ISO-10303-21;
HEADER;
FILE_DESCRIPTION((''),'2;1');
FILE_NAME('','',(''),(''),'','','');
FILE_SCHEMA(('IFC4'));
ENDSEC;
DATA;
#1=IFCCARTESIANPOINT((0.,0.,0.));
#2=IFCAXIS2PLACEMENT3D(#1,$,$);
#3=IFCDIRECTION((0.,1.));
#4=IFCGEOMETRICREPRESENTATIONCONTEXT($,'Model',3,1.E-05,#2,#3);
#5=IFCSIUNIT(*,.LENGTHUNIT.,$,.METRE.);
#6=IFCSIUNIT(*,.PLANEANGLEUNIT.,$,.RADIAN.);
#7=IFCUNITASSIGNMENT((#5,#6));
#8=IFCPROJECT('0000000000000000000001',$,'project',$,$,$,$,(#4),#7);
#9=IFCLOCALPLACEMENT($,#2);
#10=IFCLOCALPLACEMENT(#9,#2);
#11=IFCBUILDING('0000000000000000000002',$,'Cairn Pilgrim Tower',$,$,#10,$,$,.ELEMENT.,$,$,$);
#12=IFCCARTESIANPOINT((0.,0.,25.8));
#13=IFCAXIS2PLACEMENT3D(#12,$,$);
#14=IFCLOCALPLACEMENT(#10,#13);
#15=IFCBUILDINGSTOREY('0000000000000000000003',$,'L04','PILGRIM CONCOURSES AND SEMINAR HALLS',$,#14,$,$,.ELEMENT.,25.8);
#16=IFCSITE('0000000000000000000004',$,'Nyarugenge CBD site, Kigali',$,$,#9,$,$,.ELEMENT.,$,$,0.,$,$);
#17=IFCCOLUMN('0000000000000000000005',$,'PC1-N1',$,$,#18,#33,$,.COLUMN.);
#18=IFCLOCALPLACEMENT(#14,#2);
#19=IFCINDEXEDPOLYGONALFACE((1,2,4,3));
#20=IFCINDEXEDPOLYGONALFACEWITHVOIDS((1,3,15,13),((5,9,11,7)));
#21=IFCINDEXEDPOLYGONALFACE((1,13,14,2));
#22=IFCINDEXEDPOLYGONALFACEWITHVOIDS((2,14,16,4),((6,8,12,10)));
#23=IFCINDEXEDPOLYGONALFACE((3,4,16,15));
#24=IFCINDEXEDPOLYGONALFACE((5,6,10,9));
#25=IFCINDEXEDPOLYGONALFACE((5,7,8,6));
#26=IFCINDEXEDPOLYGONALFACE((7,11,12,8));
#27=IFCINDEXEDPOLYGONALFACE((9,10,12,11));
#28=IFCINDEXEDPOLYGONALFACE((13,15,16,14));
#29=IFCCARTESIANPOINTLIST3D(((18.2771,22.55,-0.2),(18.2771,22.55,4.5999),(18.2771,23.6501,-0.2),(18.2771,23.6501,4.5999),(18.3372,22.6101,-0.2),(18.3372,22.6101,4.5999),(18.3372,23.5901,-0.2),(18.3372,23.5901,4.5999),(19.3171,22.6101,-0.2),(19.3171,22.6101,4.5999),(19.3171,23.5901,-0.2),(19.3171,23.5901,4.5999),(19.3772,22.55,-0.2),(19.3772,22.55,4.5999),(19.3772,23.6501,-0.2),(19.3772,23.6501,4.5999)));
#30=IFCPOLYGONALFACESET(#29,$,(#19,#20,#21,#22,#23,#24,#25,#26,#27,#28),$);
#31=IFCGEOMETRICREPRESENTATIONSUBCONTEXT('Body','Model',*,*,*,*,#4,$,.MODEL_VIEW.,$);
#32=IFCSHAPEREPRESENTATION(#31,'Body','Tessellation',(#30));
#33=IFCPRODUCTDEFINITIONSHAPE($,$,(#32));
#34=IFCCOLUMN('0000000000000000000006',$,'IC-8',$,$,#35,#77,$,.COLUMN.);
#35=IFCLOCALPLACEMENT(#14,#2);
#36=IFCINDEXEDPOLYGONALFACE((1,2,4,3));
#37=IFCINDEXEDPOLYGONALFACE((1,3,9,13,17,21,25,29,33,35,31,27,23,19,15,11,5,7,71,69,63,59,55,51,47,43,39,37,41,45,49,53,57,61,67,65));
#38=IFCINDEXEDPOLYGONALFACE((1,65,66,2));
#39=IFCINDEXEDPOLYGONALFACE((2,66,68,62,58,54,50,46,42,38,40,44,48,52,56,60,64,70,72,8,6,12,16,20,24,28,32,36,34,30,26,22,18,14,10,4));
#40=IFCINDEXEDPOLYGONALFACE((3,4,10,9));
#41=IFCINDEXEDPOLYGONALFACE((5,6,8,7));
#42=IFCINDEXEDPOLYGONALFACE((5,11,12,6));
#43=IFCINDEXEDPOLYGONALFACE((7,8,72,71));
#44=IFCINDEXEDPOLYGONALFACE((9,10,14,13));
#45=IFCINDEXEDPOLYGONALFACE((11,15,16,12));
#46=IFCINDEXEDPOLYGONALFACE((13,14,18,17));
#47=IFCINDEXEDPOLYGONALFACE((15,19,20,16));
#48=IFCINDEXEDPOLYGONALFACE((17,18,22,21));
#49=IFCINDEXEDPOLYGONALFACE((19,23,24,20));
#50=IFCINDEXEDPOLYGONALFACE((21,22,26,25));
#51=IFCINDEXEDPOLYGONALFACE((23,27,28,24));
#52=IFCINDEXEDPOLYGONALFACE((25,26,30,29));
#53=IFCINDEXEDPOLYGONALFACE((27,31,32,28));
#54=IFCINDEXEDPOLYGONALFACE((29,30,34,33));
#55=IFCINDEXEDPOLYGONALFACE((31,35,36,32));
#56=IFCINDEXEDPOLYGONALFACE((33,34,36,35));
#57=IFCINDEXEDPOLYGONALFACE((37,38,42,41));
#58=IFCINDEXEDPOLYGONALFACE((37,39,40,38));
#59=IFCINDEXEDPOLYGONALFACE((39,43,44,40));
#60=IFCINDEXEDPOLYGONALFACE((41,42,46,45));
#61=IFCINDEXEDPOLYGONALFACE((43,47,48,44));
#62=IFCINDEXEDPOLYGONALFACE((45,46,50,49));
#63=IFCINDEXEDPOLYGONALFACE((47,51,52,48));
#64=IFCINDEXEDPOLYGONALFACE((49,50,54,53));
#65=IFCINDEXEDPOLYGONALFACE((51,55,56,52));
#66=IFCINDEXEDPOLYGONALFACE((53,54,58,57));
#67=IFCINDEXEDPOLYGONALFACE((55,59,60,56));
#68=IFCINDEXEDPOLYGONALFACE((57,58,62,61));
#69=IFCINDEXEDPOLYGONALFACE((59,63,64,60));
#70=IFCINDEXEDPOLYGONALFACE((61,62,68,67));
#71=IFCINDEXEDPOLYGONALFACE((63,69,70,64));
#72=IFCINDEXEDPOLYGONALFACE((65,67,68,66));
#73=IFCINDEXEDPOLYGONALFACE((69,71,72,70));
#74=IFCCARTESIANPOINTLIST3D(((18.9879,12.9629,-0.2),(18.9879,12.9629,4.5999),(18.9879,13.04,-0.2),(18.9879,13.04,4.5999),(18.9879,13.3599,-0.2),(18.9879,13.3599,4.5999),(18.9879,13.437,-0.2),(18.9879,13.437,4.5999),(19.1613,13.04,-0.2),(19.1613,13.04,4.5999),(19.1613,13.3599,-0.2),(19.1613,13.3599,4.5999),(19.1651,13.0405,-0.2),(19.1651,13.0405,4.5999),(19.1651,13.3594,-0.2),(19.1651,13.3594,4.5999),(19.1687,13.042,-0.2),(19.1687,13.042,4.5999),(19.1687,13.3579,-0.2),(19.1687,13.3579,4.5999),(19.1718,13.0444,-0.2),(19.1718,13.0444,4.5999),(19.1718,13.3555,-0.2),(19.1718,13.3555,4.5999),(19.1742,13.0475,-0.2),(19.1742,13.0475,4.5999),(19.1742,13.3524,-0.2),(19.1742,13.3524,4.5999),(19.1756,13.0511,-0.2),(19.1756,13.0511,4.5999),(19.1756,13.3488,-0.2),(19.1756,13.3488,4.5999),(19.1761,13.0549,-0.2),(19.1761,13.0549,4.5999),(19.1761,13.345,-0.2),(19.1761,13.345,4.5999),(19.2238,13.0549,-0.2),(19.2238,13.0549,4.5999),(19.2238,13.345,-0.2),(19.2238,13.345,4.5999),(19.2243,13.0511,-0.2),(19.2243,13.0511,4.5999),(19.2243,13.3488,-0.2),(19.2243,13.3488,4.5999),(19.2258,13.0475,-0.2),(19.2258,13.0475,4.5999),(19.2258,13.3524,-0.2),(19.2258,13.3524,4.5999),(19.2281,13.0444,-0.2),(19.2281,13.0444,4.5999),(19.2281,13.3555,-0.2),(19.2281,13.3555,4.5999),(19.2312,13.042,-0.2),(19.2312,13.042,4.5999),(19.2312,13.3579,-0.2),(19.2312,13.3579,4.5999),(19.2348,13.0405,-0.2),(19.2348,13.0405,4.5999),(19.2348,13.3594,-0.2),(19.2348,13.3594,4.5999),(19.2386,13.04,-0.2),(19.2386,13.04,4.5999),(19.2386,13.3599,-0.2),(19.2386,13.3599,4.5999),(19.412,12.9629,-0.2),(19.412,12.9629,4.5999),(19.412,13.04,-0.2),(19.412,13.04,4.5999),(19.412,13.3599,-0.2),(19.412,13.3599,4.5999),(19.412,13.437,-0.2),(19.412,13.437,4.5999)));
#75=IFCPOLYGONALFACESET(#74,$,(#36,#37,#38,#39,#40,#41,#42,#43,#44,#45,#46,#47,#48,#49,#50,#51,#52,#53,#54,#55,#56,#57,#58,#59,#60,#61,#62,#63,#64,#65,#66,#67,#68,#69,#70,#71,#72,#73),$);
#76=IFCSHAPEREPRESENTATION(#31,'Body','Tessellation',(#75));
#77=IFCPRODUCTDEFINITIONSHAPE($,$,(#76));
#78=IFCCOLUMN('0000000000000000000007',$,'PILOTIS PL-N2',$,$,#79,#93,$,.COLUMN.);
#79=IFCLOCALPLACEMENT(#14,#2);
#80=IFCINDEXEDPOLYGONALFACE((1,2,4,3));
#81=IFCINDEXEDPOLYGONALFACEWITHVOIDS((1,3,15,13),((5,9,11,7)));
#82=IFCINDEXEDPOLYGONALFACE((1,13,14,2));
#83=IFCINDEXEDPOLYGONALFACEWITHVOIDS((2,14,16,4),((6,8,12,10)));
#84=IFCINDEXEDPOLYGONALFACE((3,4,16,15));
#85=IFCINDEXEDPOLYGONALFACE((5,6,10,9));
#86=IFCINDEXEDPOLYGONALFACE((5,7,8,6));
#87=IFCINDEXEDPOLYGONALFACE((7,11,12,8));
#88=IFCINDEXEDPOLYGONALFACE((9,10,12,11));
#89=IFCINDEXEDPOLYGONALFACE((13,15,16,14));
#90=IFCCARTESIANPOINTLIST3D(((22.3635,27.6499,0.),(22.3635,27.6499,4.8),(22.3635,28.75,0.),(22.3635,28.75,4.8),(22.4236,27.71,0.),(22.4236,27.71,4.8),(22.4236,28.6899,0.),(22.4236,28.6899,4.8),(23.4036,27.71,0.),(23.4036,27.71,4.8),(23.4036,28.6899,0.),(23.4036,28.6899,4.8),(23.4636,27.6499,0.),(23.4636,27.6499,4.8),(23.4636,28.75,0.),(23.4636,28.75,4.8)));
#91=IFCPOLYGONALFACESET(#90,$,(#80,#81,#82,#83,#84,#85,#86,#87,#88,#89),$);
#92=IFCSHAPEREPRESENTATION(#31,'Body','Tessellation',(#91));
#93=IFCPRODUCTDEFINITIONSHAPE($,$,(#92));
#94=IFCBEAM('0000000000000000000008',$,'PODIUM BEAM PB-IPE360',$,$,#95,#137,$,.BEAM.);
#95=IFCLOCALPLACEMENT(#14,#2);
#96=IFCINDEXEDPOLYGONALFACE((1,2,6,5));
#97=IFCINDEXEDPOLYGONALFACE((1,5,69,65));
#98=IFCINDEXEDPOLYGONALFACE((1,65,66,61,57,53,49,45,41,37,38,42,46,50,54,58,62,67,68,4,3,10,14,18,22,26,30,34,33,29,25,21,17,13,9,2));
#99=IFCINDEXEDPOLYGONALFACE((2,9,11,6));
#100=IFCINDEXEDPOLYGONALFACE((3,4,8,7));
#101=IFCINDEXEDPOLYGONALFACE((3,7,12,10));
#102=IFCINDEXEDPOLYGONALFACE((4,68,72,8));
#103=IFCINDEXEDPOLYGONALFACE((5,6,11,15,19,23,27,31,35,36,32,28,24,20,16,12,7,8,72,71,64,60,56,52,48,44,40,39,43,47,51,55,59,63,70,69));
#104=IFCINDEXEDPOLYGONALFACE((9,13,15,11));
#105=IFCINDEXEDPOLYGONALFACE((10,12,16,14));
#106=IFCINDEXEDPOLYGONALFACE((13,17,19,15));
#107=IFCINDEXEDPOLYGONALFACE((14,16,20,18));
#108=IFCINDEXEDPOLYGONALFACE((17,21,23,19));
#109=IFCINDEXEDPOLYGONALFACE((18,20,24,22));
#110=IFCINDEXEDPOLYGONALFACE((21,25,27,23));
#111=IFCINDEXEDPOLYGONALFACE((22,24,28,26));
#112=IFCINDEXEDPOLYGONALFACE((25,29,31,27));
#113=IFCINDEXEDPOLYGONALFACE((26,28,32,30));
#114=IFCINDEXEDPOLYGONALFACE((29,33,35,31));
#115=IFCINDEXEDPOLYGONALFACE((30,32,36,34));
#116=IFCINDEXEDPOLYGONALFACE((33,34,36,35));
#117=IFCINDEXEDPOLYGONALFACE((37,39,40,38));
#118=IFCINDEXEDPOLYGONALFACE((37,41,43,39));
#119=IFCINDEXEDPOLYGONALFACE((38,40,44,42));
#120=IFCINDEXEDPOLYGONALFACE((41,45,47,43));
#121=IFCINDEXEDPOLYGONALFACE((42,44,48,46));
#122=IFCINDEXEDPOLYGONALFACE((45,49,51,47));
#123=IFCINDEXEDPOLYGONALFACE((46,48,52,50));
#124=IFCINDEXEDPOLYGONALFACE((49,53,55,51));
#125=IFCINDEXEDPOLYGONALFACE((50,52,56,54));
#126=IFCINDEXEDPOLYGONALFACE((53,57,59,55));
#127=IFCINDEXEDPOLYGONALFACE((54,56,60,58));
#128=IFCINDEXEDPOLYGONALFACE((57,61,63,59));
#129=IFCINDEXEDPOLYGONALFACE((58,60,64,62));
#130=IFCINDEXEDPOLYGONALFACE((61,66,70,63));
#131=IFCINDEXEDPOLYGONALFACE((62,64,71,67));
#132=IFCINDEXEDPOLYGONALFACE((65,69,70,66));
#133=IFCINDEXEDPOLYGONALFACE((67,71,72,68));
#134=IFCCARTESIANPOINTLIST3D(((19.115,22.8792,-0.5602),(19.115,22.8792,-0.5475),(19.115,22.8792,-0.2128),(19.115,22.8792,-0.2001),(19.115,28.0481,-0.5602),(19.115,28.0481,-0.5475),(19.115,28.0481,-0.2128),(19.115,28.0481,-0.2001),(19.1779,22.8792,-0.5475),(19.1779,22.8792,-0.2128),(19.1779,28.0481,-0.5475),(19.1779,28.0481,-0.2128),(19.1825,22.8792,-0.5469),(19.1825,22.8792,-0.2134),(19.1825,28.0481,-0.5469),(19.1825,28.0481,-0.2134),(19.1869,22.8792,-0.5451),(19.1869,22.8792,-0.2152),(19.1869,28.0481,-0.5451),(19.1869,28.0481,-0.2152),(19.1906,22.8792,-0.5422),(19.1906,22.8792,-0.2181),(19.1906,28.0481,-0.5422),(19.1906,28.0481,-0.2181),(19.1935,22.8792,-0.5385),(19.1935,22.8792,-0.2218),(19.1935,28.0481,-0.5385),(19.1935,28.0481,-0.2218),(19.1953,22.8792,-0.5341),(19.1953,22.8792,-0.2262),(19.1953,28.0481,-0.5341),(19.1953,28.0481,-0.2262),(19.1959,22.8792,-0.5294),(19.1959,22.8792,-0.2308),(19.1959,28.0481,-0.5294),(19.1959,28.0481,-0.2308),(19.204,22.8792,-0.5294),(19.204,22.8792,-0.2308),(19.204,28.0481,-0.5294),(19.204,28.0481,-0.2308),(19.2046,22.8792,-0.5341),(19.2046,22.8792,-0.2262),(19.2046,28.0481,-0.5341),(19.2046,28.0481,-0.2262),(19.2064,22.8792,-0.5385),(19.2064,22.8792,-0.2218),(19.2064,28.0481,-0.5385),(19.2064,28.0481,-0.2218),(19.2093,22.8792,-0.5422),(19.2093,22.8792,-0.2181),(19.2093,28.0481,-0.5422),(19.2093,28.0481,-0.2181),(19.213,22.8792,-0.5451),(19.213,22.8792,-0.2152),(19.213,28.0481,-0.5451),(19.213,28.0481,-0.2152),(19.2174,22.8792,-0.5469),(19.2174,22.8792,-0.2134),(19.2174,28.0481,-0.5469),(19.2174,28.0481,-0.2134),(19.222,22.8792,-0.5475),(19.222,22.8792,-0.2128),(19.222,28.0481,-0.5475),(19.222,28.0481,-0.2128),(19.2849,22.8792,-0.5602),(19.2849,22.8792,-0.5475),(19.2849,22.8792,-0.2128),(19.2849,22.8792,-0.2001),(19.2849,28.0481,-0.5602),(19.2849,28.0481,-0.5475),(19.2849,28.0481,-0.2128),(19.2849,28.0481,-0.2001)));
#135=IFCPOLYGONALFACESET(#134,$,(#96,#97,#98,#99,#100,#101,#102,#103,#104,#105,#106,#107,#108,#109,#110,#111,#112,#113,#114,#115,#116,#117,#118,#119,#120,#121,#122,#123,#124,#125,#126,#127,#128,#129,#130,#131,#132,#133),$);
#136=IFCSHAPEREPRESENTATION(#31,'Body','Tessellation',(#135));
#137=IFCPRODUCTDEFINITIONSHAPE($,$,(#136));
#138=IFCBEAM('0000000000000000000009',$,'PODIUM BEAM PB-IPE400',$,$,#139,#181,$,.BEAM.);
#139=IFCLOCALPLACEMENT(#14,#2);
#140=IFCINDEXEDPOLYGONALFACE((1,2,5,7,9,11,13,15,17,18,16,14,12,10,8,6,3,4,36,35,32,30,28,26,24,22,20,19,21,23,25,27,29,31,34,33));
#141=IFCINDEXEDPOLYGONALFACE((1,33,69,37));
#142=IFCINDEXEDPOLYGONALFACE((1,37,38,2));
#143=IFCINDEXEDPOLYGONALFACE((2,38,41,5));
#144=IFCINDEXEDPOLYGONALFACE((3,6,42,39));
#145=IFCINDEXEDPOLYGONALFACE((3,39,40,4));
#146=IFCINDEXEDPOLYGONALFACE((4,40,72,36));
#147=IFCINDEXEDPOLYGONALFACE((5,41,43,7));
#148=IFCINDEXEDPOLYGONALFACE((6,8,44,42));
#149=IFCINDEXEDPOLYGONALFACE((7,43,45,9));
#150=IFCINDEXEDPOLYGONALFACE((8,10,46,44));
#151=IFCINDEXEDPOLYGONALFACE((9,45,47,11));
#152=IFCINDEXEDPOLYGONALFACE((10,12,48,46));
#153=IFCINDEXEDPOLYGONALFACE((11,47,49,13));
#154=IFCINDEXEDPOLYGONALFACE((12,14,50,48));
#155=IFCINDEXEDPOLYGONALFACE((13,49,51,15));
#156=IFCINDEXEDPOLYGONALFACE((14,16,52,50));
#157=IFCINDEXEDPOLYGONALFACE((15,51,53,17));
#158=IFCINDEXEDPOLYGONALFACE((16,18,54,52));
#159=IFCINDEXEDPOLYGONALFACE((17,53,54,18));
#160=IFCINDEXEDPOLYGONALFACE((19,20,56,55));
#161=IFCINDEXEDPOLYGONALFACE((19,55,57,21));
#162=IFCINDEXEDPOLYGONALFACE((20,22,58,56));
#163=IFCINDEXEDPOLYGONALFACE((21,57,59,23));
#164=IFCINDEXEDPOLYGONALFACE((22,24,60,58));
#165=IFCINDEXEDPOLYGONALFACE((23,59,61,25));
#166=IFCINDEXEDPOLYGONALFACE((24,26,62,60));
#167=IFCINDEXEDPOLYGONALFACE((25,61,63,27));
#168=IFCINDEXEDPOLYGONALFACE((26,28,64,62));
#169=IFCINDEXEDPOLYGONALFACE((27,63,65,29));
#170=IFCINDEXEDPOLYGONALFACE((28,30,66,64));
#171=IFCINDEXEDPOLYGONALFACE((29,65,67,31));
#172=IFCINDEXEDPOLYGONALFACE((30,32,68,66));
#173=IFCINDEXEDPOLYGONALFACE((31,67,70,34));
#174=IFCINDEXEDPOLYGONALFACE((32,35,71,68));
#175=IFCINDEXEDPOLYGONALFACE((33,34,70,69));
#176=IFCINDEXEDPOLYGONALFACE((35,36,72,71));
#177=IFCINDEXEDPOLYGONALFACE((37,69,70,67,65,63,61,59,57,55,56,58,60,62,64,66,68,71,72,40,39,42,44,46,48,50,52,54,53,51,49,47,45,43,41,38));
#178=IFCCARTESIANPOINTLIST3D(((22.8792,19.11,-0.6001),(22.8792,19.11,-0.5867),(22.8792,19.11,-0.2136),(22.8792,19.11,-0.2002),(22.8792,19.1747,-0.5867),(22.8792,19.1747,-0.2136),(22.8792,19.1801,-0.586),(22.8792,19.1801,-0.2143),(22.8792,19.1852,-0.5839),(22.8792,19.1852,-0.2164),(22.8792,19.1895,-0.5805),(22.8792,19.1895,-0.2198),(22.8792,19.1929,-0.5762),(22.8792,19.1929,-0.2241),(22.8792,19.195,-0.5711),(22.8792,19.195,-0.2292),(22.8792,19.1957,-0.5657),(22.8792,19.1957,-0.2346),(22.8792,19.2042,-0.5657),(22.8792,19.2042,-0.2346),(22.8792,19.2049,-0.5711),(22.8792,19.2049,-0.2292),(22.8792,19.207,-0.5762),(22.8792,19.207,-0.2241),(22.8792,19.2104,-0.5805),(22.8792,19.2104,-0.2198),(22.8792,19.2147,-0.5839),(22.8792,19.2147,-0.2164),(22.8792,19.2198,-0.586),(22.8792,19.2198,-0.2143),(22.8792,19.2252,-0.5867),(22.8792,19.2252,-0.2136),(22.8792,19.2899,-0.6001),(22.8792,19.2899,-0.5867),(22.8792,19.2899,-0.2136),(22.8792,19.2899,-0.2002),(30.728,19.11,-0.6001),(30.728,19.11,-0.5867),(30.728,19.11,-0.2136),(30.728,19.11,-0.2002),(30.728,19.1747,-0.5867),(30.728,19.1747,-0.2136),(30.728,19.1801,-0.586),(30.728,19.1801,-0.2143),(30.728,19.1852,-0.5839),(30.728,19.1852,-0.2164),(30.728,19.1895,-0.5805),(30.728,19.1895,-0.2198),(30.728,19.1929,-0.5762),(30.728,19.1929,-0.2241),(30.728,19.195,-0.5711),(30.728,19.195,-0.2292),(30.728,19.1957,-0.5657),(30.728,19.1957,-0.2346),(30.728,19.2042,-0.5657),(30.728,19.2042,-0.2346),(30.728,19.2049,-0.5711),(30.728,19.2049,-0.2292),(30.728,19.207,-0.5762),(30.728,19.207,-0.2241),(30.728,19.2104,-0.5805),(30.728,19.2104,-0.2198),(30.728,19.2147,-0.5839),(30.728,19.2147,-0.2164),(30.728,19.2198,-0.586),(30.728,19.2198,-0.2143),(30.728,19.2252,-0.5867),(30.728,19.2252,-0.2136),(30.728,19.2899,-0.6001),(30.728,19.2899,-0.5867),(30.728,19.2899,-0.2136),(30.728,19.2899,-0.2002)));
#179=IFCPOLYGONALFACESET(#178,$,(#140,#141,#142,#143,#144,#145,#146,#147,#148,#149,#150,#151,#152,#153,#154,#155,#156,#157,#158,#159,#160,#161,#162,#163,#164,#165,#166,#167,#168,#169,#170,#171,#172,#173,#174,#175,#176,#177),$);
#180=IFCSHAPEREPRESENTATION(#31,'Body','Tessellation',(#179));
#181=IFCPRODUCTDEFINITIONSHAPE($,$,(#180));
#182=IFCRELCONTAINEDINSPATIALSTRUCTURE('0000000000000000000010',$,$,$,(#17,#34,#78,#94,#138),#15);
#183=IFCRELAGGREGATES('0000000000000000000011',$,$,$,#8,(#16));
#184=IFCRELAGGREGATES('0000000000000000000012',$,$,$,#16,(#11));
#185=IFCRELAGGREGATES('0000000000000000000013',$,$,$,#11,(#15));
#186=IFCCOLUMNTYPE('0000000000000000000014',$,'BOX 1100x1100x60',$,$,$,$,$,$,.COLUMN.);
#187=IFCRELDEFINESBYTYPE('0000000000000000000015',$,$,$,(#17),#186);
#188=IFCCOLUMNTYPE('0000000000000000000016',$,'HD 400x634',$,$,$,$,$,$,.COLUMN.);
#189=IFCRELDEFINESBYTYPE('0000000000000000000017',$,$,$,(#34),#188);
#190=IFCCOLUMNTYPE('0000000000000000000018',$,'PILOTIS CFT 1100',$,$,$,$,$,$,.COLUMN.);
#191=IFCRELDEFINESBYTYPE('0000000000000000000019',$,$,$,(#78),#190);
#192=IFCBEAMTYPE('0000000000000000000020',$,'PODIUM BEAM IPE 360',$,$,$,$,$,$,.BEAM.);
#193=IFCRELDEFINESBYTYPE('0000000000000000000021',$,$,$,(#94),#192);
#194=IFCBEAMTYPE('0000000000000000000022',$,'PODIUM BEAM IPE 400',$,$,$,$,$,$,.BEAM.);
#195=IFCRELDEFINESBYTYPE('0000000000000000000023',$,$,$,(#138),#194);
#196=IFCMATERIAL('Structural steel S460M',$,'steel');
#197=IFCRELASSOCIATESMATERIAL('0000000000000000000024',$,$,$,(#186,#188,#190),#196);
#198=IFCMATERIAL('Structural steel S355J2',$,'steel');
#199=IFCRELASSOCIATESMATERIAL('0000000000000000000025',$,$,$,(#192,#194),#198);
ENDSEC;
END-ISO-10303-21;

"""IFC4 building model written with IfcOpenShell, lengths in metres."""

from ifc_helpers import new_model, si_unit, direction, frame, origin, origin_2d, place, context, subcontext, project, spatial, hollow_rectangle, i_section, extrude, material, material_profile, profile_set, type_object, element, save


model = new_model("IFC4")

# Units and contexts
model_context = context("Model", 3, precision=1e-05, world=origin(), true_north=direction((0.0, 1.0)))
body_context = subcontext(model_context, "Body", "Model", "MODEL_VIEW")
ifc_project = project(units=[si_unit("LENGTHUNIT", "METRE"), si_unit("PLANEANGLEUNIT", "RADIAN")], contexts=[model_context])

# Site, building, storey
site_placement = place(None, origin())
site = spatial("IfcSite", under=ifc_project, at=site_placement, Name="Nyarugenge CBD site, Kigali", CompositionType="ELEMENT", RefElevation=0.0)
building_placement = place(site_placement, origin())
building = spatial("IfcBuilding", under=site, at=building_placement, Name="Cairn Pilgrim Tower", CompositionType="ELEMENT")
storey_placement = place(building_placement, frame((0.0, 0.0, 25.8)))
storey = spatial("IfcBuildingStorey", under=building, at=storey_placement, Name="L04", Description="PILGRIM CONCOURSES AND SEMINAR HALLS", CompositionType="ELEMENT", Elevation=25.8)

# Columns
ifc_material_1 = material(Name="Structural steel S460M", Category="steel")
ifc_material_profile_1 = material_profile(ifc_material_1, hollow_rectangle(XDim=1.1001, YDim=1.1001, WallThickness=0.0601, at=origin_2d()), Name="BOX 1100x1100x60")
ifc_profile_set_1 = profile_set([ifc_material_profile_1], Name="Structural steel S460M")
column_type_1 = type_object("IfcColumnType", Name="BOX 1100x1100x60", PredefinedType="COLUMN", material=ifc_profile_set_1)
column_1_placement = place(storey_placement, frame((18.8271, 23.1001, -0.2), z_axis=(0.0, 0.0, 1.0), x_axis=(1.0, 0.0, 0.0)))
element("IfcColumn", 1, at=column_1_placement, inside=storey, type_object=column_type_1, Name="PC1-N1", PredefinedType="COLUMN", context=body_context, shape_type="SweptSolid", body=[
    extrude(hollow_rectangle(XDim=1.1001, YDim=1.1001, WallThickness=0.0601, at=origin_2d()), origin(), (0.0, 0.0, 1.0), 4.7998),
])
ifc_material_profile_2 = material_profile(ifc_material_1, i_section(OverallWidth=0.4241, OverallDepth=0.4741, WebThickness=0.0476, FlangeThickness=0.0771, FilletRadius=0.0149, at=origin_2d()), Name="HD 400x634")
ifc_profile_set_2 = profile_set([ifc_material_profile_2], Name="Structural steel S460M")
column_type_2 = type_object("IfcColumnType", Name="HD 400x634", PredefinedType="COLUMN", material=ifc_profile_set_2)
column_2_placement = place(storey_placement, frame((19.2, 13.2, -0.2), z_axis=(0.0, 0.0, 1.0), x_axis=(1.0, 0.0, 0.0)))
element("IfcColumn", 2, at=column_2_placement, inside=storey, type_object=column_type_2, Name="IC-8", PredefinedType="COLUMN", context=body_context, shape_type="SweptSolid", body=[
    extrude(i_section(OverallWidth=0.4241, OverallDepth=0.4741, WebThickness=0.0476, FlangeThickness=0.0771, FilletRadius=0.0149, at=origin_2d()), origin(), (0.0, 0.0, 1.0), 4.7998),
])
ifc_material_profile_3 = material_profile(ifc_material_1, hollow_rectangle(XDim=1.1001, YDim=1.1001, WallThickness=0.0601, at=origin_2d()), Name="BOX 1100x1100x60")
ifc_profile_set_3 = profile_set([ifc_material_profile_3], Name="Structural steel S460M")
column_type_3 = type_object("IfcColumnType", Name="PILOTIS CFT 1100", PredefinedType="COLUMN", material=ifc_profile_set_3)
column_3_placement = place(storey_placement, frame((22.9136, 28.2, 0.0), z_axis=(0.0, 0.0, 1.0), x_axis=(1.0, 0.0, 0.0)))
element("IfcColumn", 3, at=column_3_placement, inside=storey, type_object=column_type_3, Name="PILOTIS PL-N2", PredefinedType="COLUMN", context=body_context, shape_type="SweptSolid", body=[
    extrude(hollow_rectangle(XDim=1.1001, YDim=1.1001, WallThickness=0.0601, at=origin_2d()), origin(), (0.0, 0.0, 1.0), 4.8),
])

# Beams
ifc_material_2 = material(Name="Structural steel S355J2", Category="steel")
ifc_material_profile_4 = material_profile(ifc_material_2, i_section(OverallWidth=0.1699, OverallDepth=0.3601, WebThickness=0.0081, FlangeThickness=0.0127, FilletRadius=0.0181, at=origin_2d()), Name="IPE 360")
ifc_profile_set_4 = profile_set([ifc_material_profile_4], Name="Structural steel S355J2")
beam_type_1 = type_object("IfcBeamType", Name="PODIUM BEAM IPE 360", PredefinedType="BEAM", material=ifc_profile_set_4)
beam_1_placement = place(storey_placement, frame((19.2, 22.8792, -0.3801), z_axis=(0.0, 1.0, 0.0), x_axis=(-1.0, 0.0, 0.0)))
element("IfcBeam", 4, at=beam_1_placement, inside=storey, type_object=beam_type_1, Name="PODIUM BEAM PB-IPE360", PredefinedType="BEAM", context=body_context, shape_type="SweptSolid", body=[
    extrude(i_section(OverallWidth=0.1699, OverallDepth=0.3601, WebThickness=0.0081, FlangeThickness=0.0127, FilletRadius=0.0181, at=origin_2d()), origin(), (0.0, 0.0, 1.0), 5.1689),
])
ifc_material_profile_5 = material_profile(ifc_material_2, i_section(OverallWidth=0.1799, OverallDepth=0.3999, WebThickness=0.0085, FlangeThickness=0.0134, FilletRadius=0.021, at=origin_2d()), Name="IPE 400")
ifc_profile_set_5 = profile_set([ifc_material_profile_5], Name="Structural steel S355J2")
beam_type_2 = type_object("IfcBeamType", Name="PODIUM BEAM IPE 400", PredefinedType="BEAM", material=ifc_profile_set_5)
beam_2_placement = place(storey_placement, frame((22.8792, 19.2, -0.4001), z_axis=(1.0, 0.0, 0.0), x_axis=(0.0, 1.0, 0.0)))
element("IfcBeam", 5, at=beam_2_placement, inside=storey, type_object=beam_type_2, Name="PODIUM BEAM PB-IPE400", PredefinedType="BEAM", context=body_context, shape_type="SweptSolid", body=[
    extrude(i_section(OverallWidth=0.1799, OverallDepth=0.3999, WebThickness=0.0085, FlangeThickness=0.0134, FilletRadius=0.021, at=origin_2d()), origin(), (0.0, 0.0, 1.0), 7.8489),
])

save(model, "model.ifc")
